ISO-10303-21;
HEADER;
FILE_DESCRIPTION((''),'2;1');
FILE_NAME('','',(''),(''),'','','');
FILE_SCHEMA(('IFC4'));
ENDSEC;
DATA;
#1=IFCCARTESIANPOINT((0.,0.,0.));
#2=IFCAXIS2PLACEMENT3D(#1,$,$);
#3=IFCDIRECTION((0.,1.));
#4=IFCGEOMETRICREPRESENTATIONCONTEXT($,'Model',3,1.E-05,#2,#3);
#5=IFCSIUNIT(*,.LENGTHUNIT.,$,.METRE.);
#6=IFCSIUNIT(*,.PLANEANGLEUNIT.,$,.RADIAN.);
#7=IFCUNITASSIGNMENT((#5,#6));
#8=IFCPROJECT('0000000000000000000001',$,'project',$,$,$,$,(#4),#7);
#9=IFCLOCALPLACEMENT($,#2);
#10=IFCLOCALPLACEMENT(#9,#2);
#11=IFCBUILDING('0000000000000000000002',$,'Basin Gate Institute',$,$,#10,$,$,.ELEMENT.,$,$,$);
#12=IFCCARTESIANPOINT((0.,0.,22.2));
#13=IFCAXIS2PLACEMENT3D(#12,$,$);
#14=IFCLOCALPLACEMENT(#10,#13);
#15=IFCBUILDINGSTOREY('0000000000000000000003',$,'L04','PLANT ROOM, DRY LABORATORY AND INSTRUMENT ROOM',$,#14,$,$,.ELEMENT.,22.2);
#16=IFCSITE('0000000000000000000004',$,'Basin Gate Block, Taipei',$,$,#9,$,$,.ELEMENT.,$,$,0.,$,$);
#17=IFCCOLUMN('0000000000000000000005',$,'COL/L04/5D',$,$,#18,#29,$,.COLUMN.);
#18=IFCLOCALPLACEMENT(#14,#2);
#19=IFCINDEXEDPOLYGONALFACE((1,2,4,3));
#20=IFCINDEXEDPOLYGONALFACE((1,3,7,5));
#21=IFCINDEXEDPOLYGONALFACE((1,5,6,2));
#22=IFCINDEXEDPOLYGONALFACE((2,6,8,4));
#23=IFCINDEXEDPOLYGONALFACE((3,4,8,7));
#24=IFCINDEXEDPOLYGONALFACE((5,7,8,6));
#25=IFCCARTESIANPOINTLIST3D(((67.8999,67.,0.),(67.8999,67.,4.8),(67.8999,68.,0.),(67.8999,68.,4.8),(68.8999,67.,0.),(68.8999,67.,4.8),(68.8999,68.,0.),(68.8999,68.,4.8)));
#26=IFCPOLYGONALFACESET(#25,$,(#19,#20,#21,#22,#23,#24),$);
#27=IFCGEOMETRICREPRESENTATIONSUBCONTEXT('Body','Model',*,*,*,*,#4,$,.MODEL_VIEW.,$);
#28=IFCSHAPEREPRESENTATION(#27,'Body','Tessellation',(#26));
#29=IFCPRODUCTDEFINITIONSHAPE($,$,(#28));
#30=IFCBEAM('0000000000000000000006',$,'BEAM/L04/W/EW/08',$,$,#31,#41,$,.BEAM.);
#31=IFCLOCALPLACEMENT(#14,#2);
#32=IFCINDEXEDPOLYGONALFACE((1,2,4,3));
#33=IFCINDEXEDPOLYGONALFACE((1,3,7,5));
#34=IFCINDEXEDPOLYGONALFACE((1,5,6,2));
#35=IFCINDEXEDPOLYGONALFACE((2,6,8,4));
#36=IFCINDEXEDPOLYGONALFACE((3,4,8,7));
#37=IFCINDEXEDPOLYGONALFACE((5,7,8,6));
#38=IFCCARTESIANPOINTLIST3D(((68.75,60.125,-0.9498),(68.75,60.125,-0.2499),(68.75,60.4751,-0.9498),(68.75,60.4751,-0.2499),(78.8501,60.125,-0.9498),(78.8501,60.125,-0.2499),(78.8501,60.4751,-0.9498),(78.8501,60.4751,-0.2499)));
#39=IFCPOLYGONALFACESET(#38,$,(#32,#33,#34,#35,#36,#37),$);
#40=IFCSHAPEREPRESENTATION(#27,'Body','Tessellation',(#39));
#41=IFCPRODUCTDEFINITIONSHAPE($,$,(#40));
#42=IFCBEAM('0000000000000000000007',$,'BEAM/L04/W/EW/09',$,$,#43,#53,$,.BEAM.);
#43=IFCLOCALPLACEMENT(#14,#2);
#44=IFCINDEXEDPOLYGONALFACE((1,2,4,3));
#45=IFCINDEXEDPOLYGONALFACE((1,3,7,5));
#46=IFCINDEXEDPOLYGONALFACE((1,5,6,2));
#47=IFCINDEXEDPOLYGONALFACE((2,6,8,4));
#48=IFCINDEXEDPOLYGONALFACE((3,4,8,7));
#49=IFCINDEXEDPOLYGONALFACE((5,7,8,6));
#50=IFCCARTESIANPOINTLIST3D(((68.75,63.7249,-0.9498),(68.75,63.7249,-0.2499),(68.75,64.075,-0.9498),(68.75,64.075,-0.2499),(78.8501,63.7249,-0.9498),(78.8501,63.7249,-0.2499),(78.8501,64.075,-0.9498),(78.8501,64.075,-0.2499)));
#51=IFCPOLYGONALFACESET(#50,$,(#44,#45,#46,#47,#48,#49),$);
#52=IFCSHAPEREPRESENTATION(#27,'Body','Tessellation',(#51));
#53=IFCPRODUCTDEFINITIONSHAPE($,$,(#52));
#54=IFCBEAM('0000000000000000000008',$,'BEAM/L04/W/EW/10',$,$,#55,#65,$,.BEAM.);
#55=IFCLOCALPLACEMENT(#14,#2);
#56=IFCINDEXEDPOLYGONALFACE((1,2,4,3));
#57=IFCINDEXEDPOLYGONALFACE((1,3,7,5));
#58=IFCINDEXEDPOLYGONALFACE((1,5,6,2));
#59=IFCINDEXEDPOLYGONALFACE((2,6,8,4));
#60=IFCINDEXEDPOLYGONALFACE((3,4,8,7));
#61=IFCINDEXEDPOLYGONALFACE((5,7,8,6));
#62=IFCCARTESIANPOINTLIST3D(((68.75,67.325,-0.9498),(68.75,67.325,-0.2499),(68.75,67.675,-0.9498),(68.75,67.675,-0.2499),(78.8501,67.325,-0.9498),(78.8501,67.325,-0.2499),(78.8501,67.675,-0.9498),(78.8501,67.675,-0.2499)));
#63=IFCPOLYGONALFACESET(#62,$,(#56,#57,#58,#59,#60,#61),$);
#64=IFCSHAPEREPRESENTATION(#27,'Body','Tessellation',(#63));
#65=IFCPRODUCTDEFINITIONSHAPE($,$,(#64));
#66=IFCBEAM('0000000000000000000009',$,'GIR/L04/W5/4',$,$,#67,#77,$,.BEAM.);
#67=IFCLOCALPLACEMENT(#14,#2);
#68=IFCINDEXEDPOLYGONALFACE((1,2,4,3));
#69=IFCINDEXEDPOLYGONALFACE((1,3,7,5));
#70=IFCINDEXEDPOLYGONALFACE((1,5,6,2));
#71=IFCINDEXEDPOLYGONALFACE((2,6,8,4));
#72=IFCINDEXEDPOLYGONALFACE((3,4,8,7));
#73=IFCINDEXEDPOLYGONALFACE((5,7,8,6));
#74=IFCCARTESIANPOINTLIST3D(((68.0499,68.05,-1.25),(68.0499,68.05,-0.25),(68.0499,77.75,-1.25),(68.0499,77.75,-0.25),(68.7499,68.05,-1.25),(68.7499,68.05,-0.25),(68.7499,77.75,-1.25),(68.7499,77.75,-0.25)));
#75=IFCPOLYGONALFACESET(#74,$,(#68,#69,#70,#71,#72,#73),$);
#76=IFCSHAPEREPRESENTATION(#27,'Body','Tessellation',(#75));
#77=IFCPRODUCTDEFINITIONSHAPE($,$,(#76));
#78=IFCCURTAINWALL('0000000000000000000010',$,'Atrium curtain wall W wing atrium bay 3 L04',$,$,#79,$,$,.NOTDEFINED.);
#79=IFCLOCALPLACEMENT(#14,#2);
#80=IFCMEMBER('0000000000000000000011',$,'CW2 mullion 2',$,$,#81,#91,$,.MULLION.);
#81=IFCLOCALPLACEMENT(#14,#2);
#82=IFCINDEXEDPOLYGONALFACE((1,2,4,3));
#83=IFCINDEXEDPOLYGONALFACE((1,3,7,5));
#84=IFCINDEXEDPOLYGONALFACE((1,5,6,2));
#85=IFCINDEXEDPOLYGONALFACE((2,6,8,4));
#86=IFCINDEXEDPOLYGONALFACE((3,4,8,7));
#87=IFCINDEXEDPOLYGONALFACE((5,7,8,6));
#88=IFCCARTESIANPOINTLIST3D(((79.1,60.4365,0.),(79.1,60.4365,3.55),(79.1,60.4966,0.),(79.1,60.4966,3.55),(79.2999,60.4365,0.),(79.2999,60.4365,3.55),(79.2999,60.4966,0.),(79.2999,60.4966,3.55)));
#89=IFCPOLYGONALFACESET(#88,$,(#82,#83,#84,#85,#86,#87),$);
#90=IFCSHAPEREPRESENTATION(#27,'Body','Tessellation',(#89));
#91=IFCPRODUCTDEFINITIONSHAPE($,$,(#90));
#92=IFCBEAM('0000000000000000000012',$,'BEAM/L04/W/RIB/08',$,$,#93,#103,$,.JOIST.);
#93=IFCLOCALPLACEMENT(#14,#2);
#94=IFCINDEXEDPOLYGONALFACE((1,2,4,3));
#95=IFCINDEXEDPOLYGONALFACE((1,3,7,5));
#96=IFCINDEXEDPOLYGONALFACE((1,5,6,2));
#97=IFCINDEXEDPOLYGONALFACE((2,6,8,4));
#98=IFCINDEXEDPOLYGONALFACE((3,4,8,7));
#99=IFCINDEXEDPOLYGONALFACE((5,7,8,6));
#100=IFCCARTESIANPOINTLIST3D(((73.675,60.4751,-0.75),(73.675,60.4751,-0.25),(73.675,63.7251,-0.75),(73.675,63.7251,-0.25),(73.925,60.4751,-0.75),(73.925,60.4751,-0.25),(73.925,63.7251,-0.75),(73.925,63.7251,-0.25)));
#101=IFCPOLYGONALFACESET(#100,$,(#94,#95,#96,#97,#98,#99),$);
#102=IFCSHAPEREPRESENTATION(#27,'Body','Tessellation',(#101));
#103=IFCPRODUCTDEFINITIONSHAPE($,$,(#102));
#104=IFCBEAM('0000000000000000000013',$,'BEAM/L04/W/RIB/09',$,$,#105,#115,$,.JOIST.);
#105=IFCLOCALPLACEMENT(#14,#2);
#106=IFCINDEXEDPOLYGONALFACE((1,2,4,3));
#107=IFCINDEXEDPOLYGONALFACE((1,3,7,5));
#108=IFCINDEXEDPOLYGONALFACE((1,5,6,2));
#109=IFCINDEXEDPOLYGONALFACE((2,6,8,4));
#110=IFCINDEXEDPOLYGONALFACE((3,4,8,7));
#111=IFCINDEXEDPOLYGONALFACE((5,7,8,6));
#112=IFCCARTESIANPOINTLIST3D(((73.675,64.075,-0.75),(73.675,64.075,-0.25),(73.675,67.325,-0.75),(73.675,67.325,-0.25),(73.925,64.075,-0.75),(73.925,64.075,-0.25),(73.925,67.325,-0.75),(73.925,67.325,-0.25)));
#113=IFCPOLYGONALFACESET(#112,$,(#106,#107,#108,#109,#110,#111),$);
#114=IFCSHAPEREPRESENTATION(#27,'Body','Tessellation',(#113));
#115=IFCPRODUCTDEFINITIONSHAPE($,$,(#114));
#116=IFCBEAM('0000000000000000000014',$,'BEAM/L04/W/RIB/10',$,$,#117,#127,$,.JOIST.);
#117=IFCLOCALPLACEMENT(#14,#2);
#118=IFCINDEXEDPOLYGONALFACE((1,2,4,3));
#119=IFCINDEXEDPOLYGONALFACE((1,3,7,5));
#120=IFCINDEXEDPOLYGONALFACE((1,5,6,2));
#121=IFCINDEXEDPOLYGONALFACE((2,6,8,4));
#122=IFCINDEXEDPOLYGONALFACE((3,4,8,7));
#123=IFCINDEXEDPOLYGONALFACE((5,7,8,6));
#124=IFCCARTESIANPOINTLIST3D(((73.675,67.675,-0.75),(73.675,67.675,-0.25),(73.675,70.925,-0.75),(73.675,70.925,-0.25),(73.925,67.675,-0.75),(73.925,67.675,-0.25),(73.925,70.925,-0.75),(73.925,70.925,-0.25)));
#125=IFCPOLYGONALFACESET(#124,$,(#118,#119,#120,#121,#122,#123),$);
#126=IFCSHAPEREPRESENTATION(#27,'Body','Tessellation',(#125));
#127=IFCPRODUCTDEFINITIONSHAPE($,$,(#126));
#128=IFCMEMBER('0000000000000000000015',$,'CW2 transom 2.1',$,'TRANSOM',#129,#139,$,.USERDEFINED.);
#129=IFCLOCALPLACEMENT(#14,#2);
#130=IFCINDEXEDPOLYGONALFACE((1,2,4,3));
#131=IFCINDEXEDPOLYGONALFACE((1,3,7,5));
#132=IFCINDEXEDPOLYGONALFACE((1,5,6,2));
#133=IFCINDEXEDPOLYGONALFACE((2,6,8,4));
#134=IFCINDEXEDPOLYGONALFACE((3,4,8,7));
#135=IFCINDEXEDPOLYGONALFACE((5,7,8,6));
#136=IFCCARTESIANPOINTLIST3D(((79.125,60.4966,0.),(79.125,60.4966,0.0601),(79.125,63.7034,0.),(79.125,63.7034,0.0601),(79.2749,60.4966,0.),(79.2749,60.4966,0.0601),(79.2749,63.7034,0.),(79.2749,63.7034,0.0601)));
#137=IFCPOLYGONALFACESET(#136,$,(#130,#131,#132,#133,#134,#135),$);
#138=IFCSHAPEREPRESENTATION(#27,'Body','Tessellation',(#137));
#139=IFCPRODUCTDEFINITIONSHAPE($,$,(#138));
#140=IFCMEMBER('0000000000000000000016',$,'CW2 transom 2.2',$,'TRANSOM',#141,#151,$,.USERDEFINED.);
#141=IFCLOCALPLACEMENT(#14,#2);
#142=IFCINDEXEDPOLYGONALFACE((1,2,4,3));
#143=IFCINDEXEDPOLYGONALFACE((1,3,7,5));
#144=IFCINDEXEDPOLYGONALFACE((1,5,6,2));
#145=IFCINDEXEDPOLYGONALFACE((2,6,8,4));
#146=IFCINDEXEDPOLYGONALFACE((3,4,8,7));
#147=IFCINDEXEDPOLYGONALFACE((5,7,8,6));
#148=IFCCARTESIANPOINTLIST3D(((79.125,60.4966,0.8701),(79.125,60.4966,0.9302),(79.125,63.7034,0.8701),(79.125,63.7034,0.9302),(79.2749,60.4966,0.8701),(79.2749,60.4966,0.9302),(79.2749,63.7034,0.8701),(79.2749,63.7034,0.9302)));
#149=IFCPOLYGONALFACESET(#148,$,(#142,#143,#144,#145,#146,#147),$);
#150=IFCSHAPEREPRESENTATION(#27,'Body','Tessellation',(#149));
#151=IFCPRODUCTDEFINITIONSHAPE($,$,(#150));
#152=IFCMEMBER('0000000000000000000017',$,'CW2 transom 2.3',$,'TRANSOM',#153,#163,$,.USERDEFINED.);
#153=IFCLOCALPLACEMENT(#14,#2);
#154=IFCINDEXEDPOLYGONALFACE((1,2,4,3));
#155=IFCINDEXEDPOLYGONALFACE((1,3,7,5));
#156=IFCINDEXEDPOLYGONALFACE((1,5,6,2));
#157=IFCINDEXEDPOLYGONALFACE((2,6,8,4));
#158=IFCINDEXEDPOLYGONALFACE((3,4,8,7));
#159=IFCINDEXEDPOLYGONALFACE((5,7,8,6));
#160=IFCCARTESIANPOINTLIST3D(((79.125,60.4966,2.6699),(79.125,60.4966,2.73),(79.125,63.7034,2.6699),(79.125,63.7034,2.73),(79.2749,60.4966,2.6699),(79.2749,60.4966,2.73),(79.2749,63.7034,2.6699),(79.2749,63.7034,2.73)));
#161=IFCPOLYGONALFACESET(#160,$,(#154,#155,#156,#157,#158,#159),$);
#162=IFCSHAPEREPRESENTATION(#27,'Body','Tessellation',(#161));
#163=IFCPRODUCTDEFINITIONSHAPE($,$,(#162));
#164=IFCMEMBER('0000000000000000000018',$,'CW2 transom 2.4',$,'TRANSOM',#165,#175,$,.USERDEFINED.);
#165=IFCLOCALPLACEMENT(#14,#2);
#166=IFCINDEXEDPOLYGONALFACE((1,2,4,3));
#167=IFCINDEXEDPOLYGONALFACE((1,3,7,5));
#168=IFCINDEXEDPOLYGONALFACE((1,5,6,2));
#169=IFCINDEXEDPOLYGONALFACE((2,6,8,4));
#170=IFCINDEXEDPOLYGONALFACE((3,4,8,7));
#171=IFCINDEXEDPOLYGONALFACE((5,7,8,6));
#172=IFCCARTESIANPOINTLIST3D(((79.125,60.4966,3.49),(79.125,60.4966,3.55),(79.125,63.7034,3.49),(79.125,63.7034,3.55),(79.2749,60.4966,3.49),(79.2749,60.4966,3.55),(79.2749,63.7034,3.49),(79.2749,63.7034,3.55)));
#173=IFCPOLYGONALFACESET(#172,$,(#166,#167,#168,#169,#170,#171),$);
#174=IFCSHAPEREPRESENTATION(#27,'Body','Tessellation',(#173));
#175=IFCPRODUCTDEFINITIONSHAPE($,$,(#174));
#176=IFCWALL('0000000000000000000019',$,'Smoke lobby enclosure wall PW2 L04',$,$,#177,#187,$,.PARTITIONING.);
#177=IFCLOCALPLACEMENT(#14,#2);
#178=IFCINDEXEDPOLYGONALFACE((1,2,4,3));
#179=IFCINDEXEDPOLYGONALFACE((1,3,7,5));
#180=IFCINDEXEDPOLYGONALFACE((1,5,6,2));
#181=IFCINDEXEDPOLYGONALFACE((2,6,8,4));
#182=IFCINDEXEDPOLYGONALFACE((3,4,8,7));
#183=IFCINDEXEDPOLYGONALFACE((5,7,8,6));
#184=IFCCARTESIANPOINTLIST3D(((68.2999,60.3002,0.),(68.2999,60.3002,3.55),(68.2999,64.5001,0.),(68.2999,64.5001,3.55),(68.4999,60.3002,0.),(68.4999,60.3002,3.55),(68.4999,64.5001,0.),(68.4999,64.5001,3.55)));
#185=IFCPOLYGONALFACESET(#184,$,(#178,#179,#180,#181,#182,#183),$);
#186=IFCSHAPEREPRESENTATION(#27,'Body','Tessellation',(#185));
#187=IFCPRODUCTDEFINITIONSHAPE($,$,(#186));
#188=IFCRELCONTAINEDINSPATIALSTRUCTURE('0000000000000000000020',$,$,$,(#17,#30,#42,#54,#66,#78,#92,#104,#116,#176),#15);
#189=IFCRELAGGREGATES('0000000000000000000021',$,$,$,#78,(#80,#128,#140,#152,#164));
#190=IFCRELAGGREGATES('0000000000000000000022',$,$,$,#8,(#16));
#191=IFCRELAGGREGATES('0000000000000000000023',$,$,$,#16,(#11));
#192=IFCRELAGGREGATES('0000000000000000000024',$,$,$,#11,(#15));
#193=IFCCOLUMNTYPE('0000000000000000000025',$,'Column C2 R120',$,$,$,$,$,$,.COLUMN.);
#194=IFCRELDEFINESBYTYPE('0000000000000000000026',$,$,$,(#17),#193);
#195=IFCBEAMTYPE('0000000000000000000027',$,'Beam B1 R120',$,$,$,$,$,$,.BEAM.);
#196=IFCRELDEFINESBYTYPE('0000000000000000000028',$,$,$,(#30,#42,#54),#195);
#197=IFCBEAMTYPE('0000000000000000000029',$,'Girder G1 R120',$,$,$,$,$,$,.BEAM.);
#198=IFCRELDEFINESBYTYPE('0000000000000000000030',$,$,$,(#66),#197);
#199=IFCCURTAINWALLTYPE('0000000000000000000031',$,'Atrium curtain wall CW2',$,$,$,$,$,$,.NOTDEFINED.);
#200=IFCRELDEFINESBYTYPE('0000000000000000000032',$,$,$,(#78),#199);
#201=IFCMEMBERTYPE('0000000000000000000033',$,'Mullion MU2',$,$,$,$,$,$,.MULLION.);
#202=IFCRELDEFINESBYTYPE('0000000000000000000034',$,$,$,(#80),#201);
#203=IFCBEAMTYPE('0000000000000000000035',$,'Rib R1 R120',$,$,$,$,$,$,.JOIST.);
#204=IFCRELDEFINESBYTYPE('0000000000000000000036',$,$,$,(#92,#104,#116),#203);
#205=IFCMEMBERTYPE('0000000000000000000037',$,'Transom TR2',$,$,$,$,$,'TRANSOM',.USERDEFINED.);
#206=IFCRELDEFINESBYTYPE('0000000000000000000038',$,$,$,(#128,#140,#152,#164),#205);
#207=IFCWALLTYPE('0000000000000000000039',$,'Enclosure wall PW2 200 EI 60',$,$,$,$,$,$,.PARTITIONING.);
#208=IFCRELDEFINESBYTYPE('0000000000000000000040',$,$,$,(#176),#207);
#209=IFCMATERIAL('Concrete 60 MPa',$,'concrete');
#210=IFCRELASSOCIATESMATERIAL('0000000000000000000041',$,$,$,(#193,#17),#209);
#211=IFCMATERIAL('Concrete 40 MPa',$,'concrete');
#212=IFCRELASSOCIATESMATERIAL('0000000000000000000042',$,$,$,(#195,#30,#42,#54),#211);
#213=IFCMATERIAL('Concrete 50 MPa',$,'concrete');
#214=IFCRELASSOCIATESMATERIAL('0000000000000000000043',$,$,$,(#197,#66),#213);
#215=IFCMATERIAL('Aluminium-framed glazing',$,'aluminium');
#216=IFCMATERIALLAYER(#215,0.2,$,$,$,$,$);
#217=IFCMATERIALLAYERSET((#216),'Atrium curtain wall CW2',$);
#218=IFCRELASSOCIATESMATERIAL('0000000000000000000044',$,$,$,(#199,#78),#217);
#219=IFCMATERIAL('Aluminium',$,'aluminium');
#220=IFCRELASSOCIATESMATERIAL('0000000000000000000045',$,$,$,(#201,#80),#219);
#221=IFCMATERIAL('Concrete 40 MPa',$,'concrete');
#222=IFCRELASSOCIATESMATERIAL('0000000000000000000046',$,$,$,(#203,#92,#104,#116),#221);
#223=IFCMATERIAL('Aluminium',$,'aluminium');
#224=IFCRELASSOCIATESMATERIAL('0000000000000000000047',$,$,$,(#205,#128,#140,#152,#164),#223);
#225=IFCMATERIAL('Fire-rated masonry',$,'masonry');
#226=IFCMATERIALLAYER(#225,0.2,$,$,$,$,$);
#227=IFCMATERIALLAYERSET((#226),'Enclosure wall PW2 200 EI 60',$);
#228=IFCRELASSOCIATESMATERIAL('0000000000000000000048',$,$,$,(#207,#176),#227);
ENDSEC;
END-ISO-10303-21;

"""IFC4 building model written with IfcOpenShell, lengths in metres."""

from ifc_helpers import new_model, si_unit, direction, frame, frame_2d, origin, origin_2d, place, context, subcontext, project, spatial, rectangle, extrude, material, layer, layer_set, material_profile, profile_set, type_object, element, aggregate, save


model = new_model("IFC4")

# Units and contexts
model_context = context("Model", 3, precision=1e-05, world=origin(), true_north=direction((0.0, 1.0)))
body_context = subcontext(model_context, "Body", "Model", "MODEL_VIEW")
ifc_project = project(units=[si_unit("LENGTHUNIT", "METRE"), si_unit("PLANEANGLEUNIT", "RADIAN")], contexts=[model_context])

# Site, building, storey
site_placement = place(None, origin())
site = spatial("IfcSite", under=ifc_project, at=site_placement, Name="Basin Gate Block, Taipei", CompositionType="ELEMENT", RefElevation=0.0)
building_placement = place(site_placement, origin())
building = spatial("IfcBuilding", under=site, at=building_placement, Name="Basin Gate Institute", CompositionType="ELEMENT")
storey_placement = place(building_placement, frame((0.0, 0.0, 22.2)))
storey = spatial("IfcBuildingStorey", under=building, at=storey_placement, Name="L04", Description="PLANT ROOM, DRY LABORATORY AND INSTRUMENT ROOM", CompositionType="ELEMENT", Elevation=22.2)

# Column
ifc_material_1 = material(Name="Concrete 60 MPa", Category="concrete")
ifc_material_profile_1 = material_profile(ifc_material_1, rectangle(XDim=1.0, YDim=1.0, at=origin_2d()), Name="Column C2 1000 x 1000")
ifc_profile_set_1 = profile_set([ifc_material_profile_1], Name="Concrete 60 MPa")
column_type = type_object("IfcColumnType", Name="Column C2 R120", PredefinedType="COLUMN", material=ifc_profile_set_1)
column_placement = place(storey_placement, frame((68.3999, 67.5, 0.0), z_axis=(0.0, 0.0, 1.0), x_axis=(1.0, 0.0, 0.0)))
element("IfcColumn", 1, at=column_placement, inside=storey, type_object=column_type, material=ifc_profile_set_1, Name="COL/L04/5D", PredefinedType="COLUMN", context=body_context, shape_type="SweptSolid", body=[
    extrude(rectangle(XDim=1.0, YDim=1.0, at=origin_2d()), origin(), (0.0, 0.0, 1.0), 4.8),
])

# Beams
ifc_material_2 = material(Name="Concrete 40 MPa", Category="concrete")
ifc_material_profile_2 = material_profile(ifc_material_2, rectangle(XDim=0.3501, YDim=0.7, at=origin_2d()), Name="Beam B1 350 x 700")
ifc_profile_set_2 = profile_set([ifc_material_profile_2], Name="Concrete 40 MPa")
beam_type_1 = type_object("IfcBeamType", Name="Beam B1 R120", PredefinedType="BEAM", material=ifc_profile_set_2)
for number, where, z_axis, x_axis, name in (
    (2, (68.75, 60.3, -0.5999), (1.0, 0.0, 0.0), (0.0, 1.0, 0.0), "BEAM/L04/W/EW/08"),
    (3, (68.75, 63.8999, -0.5999), (1.0, 0.0, 0.0), (0.0, 1.0, 0.0), "BEAM/L04/W/EW/09"),
    (4, (68.75, 67.5, -0.5999), (1.0, 0.0, 0.0), (0.0, 1.0, 0.0), "BEAM/L04/W/EW/10"),
):
    element("IfcBeam", number, at=place(storey_placement, frame(where, z_axis=z_axis, x_axis=x_axis)), inside=storey, type_object=beam_type_1, material=ifc_profile_set_2, Name=name, PredefinedType="BEAM", context=body_context, shape_type="SweptSolid", body=[
        extrude(rectangle(XDim=0.3501, YDim=0.7, at=origin_2d()), origin(), (0.0, 0.0, 1.0), 10.1001),
    ])
ifc_material_3 = material(Name="Concrete 50 MPa", Category="concrete")
ifc_material_profile_3 = material_profile(ifc_material_3, rectangle(XDim=0.7, YDim=1.0, at=origin_2d()), Name="Girder G1 700 x 1000")
ifc_profile_set_3 = profile_set([ifc_material_profile_3], Name="Concrete 50 MPa")
beam_type_2 = type_object("IfcBeamType", Name="Girder G1 R120", PredefinedType="BEAM", material=ifc_profile_set_3)
beam_placement = place(storey_placement, frame((68.3999, 68.05, -0.75), z_axis=(0.0, 1.0, 0.0), x_axis=(-1.0, 0.0, 0.0)))
element("IfcBeam", 5, at=beam_placement, inside=storey, type_object=beam_type_2, material=ifc_profile_set_3, Name="GIR/L04/W5/4", PredefinedType="BEAM", context=body_context, shape_type="SweptSolid", body=[
    extrude(rectangle(XDim=0.7, YDim=1.0, at=origin_2d()), origin(), (0.0, 0.0, 1.0), 9.7),
])

# Curtain wall, member
ifc_material_4 = material(Name="Aluminium-framed glazing", Category="aluminium")
ifc_layer_1 = layer(ifc_material_4, 0.2)
ifc_layer_set_1 = layer_set([ifc_layer_1], Name="Atrium curtain wall CW2")
curtain_wall_type = type_object("IfcCurtainWallType", Name="Atrium curtain wall CW2", PredefinedType="NOTDEFINED", material=ifc_layer_set_1)
curtain_wall_placement = place(storey_placement, origin())
curtain_wall = element("IfcCurtainWall", 6, at=curtain_wall_placement, inside=storey, type_object=curtain_wall_type, material=ifc_layer_set_1, Name="Atrium curtain wall W wing atrium bay 3 L04", PredefinedType="NOTDEFINED")
ifc_material_5 = material(Name="Aluminium", Category="aluminium")
ifc_material_profile_4 = material_profile(ifc_material_5, rectangle(XDim=0.2, YDim=0.0601, at=origin_2d()), Name="Mullion MU2 200 x 60")
ifc_profile_set_4 = profile_set([ifc_material_profile_4], Name="Aluminium")
member_type_1 = type_object("IfcMemberType", Name="Mullion MU2", PredefinedType="MULLION", material=ifc_profile_set_4)
member_1_placement = place(storey_placement, frame((79.2, 60.4666, 0.0), z_axis=(0.0, 0.0, 1.0), x_axis=(-1.0, 0.0, 0.0)))
member_1 = element("IfcMember", 7, at=member_1_placement, type_object=member_type_1, material=ifc_profile_set_4, Name="CW2 mullion 2", PredefinedType="MULLION", context=body_context, shape_type="SweptSolid", body=[
    extrude(rectangle(XDim=0.2, YDim=0.0601, at=origin_2d()), origin(), (0.0, 0.0, 1.0), 3.55),
])

# Beams
ifc_material_6 = material(Name="Concrete 40 MPa", Category="concrete")
ifc_material_profile_5 = material_profile(ifc_material_6, rectangle(XDim=0.25, YDim=0.5, at=origin_2d()), Name="Rib R1 250 x 500")
ifc_profile_set_5 = profile_set([ifc_material_profile_5], Name="Concrete 40 MPa")
beam_type_3 = type_object("IfcBeamType", Name="Rib R1 R120", PredefinedType="JOIST", material=ifc_profile_set_5)
for number, where, z_axis, x_axis, name in (
    (8, (73.8, 60.4751, -0.5), (0.0, 1.0, 0.0), (-1.0, 0.0, 0.0), "BEAM/L04/W/RIB/08"),
    (9, (73.8, 64.075, -0.5), (0.0, 1.0, 0.0), (-1.0, 0.0, 0.0), "BEAM/L04/W/RIB/09"),
    (10, (73.8, 67.675, -0.5), (0.0, 1.0, 0.0), (-1.0, 0.0, 0.0), "BEAM/L04/W/RIB/10"),
):
    element("IfcBeam", number, at=place(storey_placement, frame(where, z_axis=z_axis, x_axis=x_axis)), inside=storey, type_object=beam_type_3, material=ifc_profile_set_5, Name=name, PredefinedType="JOIST", context=body_context, shape_type="SweptSolid", body=[
        extrude(rectangle(XDim=0.25, YDim=0.5, at=origin_2d()), origin(), (0.0, 0.0, 1.0), 3.25),
    ])

# Members
ifc_material_7 = material(Name="Aluminium", Category="aluminium")
ifc_material_profile_6 = material_profile(ifc_material_7, rectangle(XDim=0.1499, YDim=0.0601, at=origin_2d()), Name="Transom TR2 150 x 60")
ifc_profile_set_6 = profile_set([ifc_material_profile_6], Name="Aluminium")
member_type_2 = type_object("IfcMemberType", Name="Transom TR2", ElementType="TRANSOM", PredefinedType="USERDEFINED", material=ifc_profile_set_6)
member_2_placement = place(storey_placement, frame((79.2, 60.4966, 0.03), z_axis=(0.0, 1.0, 0.0), x_axis=(-1.0, 0.0, 0.0)))
member_2 = element("IfcMember", 11, at=member_2_placement, type_object=member_type_2, material=ifc_profile_set_6, Name="CW2 transom 2.1", ObjectType="TRANSOM", PredefinedType="USERDEFINED", context=body_context, shape_type="SweptSolid", body=[
    extrude(rectangle(XDim=0.1499, YDim=0.0601, at=origin_2d()), origin(), (0.0, 0.0, 1.0), 3.2068),
])
member_3_placement = place(storey_placement, frame((79.2, 60.4966, 0.9001), z_axis=(0.0, 1.0, 0.0), x_axis=(-1.0, 0.0, 0.0)))
member_3 = element("IfcMember", 12, at=member_3_placement, type_object=member_type_2, material=ifc_profile_set_6, Name="CW2 transom 2.2", ObjectType="TRANSOM", PredefinedType="USERDEFINED", context=body_context, shape_type="SweptSolid", body=[
    extrude(rectangle(XDim=0.1499, YDim=0.0601, at=origin_2d()), origin(), (0.0, 0.0, 1.0), 3.2068),
])
member_4_placement = place(storey_placement, frame((79.2, 60.4966, 2.7), z_axis=(0.0, 1.0, 0.0), x_axis=(-1.0, 0.0, 0.0)))
member_4 = element("IfcMember", 13, at=member_4_placement, type_object=member_type_2, material=ifc_profile_set_6, Name="CW2 transom 2.3", ObjectType="TRANSOM", PredefinedType="USERDEFINED", context=body_context, shape_type="SweptSolid", body=[
    extrude(rectangle(XDim=0.1499, YDim=0.0601, at=origin_2d()), origin(), (0.0, 0.0, 1.0), 3.2068),
])
member_5_placement = place(storey_placement, frame((79.2, 60.4966, 3.52), z_axis=(0.0, 1.0, 0.0), x_axis=(-1.0, 0.0, 0.0)))
member_5 = element("IfcMember", 14, at=member_5_placement, type_object=member_type_2, material=ifc_profile_set_6, Name="CW2 transom 2.4", ObjectType="TRANSOM", PredefinedType="USERDEFINED", context=body_context, shape_type="SweptSolid", body=[
    extrude(rectangle(XDim=0.1499, YDim=0.0601, at=origin_2d()), origin(), (0.0, 0.0, 1.0), 3.2068),
])
aggregate(curtain_wall, [member_1, member_2, member_3, member_4, member_5])

# Wall
ifc_material_8 = material(Name="Fire-rated masonry", Category="masonry")
ifc_layer_2 = layer(ifc_material_8, 0.2)
ifc_layer_set_2 = layer_set([ifc_layer_2], Name="Enclosure wall PW2 200 EI 60")
wall_type_1 = type_object("IfcWallType", Name="Enclosure wall PW2 200 EI 60", PredefinedType="PARTITIONING", material=ifc_layer_set_2)
wall_1_placement = place(storey_placement, frame((68.3999, 60.3, 0.0), z_axis=(0.0, 0.0, 1.0), x_axis=(0.0, 1.0, 0.0)))
element("IfcWall", 15, at=wall_1_placement, inside=storey, type_object=wall_type_1, material=ifc_layer_set_2, Name="Smoke lobby enclosure wall PW2 L04", PredefinedType="PARTITIONING", context=body_context, shape_type="SweptSolid", body=[
    extrude(rectangle(XDim=4.2, YDim=0.2, at=frame_2d((2.1001, 0.0))), origin(), (0.0, 0.0, 1.0), 3.55),
])

save(model, "model.ifc")
